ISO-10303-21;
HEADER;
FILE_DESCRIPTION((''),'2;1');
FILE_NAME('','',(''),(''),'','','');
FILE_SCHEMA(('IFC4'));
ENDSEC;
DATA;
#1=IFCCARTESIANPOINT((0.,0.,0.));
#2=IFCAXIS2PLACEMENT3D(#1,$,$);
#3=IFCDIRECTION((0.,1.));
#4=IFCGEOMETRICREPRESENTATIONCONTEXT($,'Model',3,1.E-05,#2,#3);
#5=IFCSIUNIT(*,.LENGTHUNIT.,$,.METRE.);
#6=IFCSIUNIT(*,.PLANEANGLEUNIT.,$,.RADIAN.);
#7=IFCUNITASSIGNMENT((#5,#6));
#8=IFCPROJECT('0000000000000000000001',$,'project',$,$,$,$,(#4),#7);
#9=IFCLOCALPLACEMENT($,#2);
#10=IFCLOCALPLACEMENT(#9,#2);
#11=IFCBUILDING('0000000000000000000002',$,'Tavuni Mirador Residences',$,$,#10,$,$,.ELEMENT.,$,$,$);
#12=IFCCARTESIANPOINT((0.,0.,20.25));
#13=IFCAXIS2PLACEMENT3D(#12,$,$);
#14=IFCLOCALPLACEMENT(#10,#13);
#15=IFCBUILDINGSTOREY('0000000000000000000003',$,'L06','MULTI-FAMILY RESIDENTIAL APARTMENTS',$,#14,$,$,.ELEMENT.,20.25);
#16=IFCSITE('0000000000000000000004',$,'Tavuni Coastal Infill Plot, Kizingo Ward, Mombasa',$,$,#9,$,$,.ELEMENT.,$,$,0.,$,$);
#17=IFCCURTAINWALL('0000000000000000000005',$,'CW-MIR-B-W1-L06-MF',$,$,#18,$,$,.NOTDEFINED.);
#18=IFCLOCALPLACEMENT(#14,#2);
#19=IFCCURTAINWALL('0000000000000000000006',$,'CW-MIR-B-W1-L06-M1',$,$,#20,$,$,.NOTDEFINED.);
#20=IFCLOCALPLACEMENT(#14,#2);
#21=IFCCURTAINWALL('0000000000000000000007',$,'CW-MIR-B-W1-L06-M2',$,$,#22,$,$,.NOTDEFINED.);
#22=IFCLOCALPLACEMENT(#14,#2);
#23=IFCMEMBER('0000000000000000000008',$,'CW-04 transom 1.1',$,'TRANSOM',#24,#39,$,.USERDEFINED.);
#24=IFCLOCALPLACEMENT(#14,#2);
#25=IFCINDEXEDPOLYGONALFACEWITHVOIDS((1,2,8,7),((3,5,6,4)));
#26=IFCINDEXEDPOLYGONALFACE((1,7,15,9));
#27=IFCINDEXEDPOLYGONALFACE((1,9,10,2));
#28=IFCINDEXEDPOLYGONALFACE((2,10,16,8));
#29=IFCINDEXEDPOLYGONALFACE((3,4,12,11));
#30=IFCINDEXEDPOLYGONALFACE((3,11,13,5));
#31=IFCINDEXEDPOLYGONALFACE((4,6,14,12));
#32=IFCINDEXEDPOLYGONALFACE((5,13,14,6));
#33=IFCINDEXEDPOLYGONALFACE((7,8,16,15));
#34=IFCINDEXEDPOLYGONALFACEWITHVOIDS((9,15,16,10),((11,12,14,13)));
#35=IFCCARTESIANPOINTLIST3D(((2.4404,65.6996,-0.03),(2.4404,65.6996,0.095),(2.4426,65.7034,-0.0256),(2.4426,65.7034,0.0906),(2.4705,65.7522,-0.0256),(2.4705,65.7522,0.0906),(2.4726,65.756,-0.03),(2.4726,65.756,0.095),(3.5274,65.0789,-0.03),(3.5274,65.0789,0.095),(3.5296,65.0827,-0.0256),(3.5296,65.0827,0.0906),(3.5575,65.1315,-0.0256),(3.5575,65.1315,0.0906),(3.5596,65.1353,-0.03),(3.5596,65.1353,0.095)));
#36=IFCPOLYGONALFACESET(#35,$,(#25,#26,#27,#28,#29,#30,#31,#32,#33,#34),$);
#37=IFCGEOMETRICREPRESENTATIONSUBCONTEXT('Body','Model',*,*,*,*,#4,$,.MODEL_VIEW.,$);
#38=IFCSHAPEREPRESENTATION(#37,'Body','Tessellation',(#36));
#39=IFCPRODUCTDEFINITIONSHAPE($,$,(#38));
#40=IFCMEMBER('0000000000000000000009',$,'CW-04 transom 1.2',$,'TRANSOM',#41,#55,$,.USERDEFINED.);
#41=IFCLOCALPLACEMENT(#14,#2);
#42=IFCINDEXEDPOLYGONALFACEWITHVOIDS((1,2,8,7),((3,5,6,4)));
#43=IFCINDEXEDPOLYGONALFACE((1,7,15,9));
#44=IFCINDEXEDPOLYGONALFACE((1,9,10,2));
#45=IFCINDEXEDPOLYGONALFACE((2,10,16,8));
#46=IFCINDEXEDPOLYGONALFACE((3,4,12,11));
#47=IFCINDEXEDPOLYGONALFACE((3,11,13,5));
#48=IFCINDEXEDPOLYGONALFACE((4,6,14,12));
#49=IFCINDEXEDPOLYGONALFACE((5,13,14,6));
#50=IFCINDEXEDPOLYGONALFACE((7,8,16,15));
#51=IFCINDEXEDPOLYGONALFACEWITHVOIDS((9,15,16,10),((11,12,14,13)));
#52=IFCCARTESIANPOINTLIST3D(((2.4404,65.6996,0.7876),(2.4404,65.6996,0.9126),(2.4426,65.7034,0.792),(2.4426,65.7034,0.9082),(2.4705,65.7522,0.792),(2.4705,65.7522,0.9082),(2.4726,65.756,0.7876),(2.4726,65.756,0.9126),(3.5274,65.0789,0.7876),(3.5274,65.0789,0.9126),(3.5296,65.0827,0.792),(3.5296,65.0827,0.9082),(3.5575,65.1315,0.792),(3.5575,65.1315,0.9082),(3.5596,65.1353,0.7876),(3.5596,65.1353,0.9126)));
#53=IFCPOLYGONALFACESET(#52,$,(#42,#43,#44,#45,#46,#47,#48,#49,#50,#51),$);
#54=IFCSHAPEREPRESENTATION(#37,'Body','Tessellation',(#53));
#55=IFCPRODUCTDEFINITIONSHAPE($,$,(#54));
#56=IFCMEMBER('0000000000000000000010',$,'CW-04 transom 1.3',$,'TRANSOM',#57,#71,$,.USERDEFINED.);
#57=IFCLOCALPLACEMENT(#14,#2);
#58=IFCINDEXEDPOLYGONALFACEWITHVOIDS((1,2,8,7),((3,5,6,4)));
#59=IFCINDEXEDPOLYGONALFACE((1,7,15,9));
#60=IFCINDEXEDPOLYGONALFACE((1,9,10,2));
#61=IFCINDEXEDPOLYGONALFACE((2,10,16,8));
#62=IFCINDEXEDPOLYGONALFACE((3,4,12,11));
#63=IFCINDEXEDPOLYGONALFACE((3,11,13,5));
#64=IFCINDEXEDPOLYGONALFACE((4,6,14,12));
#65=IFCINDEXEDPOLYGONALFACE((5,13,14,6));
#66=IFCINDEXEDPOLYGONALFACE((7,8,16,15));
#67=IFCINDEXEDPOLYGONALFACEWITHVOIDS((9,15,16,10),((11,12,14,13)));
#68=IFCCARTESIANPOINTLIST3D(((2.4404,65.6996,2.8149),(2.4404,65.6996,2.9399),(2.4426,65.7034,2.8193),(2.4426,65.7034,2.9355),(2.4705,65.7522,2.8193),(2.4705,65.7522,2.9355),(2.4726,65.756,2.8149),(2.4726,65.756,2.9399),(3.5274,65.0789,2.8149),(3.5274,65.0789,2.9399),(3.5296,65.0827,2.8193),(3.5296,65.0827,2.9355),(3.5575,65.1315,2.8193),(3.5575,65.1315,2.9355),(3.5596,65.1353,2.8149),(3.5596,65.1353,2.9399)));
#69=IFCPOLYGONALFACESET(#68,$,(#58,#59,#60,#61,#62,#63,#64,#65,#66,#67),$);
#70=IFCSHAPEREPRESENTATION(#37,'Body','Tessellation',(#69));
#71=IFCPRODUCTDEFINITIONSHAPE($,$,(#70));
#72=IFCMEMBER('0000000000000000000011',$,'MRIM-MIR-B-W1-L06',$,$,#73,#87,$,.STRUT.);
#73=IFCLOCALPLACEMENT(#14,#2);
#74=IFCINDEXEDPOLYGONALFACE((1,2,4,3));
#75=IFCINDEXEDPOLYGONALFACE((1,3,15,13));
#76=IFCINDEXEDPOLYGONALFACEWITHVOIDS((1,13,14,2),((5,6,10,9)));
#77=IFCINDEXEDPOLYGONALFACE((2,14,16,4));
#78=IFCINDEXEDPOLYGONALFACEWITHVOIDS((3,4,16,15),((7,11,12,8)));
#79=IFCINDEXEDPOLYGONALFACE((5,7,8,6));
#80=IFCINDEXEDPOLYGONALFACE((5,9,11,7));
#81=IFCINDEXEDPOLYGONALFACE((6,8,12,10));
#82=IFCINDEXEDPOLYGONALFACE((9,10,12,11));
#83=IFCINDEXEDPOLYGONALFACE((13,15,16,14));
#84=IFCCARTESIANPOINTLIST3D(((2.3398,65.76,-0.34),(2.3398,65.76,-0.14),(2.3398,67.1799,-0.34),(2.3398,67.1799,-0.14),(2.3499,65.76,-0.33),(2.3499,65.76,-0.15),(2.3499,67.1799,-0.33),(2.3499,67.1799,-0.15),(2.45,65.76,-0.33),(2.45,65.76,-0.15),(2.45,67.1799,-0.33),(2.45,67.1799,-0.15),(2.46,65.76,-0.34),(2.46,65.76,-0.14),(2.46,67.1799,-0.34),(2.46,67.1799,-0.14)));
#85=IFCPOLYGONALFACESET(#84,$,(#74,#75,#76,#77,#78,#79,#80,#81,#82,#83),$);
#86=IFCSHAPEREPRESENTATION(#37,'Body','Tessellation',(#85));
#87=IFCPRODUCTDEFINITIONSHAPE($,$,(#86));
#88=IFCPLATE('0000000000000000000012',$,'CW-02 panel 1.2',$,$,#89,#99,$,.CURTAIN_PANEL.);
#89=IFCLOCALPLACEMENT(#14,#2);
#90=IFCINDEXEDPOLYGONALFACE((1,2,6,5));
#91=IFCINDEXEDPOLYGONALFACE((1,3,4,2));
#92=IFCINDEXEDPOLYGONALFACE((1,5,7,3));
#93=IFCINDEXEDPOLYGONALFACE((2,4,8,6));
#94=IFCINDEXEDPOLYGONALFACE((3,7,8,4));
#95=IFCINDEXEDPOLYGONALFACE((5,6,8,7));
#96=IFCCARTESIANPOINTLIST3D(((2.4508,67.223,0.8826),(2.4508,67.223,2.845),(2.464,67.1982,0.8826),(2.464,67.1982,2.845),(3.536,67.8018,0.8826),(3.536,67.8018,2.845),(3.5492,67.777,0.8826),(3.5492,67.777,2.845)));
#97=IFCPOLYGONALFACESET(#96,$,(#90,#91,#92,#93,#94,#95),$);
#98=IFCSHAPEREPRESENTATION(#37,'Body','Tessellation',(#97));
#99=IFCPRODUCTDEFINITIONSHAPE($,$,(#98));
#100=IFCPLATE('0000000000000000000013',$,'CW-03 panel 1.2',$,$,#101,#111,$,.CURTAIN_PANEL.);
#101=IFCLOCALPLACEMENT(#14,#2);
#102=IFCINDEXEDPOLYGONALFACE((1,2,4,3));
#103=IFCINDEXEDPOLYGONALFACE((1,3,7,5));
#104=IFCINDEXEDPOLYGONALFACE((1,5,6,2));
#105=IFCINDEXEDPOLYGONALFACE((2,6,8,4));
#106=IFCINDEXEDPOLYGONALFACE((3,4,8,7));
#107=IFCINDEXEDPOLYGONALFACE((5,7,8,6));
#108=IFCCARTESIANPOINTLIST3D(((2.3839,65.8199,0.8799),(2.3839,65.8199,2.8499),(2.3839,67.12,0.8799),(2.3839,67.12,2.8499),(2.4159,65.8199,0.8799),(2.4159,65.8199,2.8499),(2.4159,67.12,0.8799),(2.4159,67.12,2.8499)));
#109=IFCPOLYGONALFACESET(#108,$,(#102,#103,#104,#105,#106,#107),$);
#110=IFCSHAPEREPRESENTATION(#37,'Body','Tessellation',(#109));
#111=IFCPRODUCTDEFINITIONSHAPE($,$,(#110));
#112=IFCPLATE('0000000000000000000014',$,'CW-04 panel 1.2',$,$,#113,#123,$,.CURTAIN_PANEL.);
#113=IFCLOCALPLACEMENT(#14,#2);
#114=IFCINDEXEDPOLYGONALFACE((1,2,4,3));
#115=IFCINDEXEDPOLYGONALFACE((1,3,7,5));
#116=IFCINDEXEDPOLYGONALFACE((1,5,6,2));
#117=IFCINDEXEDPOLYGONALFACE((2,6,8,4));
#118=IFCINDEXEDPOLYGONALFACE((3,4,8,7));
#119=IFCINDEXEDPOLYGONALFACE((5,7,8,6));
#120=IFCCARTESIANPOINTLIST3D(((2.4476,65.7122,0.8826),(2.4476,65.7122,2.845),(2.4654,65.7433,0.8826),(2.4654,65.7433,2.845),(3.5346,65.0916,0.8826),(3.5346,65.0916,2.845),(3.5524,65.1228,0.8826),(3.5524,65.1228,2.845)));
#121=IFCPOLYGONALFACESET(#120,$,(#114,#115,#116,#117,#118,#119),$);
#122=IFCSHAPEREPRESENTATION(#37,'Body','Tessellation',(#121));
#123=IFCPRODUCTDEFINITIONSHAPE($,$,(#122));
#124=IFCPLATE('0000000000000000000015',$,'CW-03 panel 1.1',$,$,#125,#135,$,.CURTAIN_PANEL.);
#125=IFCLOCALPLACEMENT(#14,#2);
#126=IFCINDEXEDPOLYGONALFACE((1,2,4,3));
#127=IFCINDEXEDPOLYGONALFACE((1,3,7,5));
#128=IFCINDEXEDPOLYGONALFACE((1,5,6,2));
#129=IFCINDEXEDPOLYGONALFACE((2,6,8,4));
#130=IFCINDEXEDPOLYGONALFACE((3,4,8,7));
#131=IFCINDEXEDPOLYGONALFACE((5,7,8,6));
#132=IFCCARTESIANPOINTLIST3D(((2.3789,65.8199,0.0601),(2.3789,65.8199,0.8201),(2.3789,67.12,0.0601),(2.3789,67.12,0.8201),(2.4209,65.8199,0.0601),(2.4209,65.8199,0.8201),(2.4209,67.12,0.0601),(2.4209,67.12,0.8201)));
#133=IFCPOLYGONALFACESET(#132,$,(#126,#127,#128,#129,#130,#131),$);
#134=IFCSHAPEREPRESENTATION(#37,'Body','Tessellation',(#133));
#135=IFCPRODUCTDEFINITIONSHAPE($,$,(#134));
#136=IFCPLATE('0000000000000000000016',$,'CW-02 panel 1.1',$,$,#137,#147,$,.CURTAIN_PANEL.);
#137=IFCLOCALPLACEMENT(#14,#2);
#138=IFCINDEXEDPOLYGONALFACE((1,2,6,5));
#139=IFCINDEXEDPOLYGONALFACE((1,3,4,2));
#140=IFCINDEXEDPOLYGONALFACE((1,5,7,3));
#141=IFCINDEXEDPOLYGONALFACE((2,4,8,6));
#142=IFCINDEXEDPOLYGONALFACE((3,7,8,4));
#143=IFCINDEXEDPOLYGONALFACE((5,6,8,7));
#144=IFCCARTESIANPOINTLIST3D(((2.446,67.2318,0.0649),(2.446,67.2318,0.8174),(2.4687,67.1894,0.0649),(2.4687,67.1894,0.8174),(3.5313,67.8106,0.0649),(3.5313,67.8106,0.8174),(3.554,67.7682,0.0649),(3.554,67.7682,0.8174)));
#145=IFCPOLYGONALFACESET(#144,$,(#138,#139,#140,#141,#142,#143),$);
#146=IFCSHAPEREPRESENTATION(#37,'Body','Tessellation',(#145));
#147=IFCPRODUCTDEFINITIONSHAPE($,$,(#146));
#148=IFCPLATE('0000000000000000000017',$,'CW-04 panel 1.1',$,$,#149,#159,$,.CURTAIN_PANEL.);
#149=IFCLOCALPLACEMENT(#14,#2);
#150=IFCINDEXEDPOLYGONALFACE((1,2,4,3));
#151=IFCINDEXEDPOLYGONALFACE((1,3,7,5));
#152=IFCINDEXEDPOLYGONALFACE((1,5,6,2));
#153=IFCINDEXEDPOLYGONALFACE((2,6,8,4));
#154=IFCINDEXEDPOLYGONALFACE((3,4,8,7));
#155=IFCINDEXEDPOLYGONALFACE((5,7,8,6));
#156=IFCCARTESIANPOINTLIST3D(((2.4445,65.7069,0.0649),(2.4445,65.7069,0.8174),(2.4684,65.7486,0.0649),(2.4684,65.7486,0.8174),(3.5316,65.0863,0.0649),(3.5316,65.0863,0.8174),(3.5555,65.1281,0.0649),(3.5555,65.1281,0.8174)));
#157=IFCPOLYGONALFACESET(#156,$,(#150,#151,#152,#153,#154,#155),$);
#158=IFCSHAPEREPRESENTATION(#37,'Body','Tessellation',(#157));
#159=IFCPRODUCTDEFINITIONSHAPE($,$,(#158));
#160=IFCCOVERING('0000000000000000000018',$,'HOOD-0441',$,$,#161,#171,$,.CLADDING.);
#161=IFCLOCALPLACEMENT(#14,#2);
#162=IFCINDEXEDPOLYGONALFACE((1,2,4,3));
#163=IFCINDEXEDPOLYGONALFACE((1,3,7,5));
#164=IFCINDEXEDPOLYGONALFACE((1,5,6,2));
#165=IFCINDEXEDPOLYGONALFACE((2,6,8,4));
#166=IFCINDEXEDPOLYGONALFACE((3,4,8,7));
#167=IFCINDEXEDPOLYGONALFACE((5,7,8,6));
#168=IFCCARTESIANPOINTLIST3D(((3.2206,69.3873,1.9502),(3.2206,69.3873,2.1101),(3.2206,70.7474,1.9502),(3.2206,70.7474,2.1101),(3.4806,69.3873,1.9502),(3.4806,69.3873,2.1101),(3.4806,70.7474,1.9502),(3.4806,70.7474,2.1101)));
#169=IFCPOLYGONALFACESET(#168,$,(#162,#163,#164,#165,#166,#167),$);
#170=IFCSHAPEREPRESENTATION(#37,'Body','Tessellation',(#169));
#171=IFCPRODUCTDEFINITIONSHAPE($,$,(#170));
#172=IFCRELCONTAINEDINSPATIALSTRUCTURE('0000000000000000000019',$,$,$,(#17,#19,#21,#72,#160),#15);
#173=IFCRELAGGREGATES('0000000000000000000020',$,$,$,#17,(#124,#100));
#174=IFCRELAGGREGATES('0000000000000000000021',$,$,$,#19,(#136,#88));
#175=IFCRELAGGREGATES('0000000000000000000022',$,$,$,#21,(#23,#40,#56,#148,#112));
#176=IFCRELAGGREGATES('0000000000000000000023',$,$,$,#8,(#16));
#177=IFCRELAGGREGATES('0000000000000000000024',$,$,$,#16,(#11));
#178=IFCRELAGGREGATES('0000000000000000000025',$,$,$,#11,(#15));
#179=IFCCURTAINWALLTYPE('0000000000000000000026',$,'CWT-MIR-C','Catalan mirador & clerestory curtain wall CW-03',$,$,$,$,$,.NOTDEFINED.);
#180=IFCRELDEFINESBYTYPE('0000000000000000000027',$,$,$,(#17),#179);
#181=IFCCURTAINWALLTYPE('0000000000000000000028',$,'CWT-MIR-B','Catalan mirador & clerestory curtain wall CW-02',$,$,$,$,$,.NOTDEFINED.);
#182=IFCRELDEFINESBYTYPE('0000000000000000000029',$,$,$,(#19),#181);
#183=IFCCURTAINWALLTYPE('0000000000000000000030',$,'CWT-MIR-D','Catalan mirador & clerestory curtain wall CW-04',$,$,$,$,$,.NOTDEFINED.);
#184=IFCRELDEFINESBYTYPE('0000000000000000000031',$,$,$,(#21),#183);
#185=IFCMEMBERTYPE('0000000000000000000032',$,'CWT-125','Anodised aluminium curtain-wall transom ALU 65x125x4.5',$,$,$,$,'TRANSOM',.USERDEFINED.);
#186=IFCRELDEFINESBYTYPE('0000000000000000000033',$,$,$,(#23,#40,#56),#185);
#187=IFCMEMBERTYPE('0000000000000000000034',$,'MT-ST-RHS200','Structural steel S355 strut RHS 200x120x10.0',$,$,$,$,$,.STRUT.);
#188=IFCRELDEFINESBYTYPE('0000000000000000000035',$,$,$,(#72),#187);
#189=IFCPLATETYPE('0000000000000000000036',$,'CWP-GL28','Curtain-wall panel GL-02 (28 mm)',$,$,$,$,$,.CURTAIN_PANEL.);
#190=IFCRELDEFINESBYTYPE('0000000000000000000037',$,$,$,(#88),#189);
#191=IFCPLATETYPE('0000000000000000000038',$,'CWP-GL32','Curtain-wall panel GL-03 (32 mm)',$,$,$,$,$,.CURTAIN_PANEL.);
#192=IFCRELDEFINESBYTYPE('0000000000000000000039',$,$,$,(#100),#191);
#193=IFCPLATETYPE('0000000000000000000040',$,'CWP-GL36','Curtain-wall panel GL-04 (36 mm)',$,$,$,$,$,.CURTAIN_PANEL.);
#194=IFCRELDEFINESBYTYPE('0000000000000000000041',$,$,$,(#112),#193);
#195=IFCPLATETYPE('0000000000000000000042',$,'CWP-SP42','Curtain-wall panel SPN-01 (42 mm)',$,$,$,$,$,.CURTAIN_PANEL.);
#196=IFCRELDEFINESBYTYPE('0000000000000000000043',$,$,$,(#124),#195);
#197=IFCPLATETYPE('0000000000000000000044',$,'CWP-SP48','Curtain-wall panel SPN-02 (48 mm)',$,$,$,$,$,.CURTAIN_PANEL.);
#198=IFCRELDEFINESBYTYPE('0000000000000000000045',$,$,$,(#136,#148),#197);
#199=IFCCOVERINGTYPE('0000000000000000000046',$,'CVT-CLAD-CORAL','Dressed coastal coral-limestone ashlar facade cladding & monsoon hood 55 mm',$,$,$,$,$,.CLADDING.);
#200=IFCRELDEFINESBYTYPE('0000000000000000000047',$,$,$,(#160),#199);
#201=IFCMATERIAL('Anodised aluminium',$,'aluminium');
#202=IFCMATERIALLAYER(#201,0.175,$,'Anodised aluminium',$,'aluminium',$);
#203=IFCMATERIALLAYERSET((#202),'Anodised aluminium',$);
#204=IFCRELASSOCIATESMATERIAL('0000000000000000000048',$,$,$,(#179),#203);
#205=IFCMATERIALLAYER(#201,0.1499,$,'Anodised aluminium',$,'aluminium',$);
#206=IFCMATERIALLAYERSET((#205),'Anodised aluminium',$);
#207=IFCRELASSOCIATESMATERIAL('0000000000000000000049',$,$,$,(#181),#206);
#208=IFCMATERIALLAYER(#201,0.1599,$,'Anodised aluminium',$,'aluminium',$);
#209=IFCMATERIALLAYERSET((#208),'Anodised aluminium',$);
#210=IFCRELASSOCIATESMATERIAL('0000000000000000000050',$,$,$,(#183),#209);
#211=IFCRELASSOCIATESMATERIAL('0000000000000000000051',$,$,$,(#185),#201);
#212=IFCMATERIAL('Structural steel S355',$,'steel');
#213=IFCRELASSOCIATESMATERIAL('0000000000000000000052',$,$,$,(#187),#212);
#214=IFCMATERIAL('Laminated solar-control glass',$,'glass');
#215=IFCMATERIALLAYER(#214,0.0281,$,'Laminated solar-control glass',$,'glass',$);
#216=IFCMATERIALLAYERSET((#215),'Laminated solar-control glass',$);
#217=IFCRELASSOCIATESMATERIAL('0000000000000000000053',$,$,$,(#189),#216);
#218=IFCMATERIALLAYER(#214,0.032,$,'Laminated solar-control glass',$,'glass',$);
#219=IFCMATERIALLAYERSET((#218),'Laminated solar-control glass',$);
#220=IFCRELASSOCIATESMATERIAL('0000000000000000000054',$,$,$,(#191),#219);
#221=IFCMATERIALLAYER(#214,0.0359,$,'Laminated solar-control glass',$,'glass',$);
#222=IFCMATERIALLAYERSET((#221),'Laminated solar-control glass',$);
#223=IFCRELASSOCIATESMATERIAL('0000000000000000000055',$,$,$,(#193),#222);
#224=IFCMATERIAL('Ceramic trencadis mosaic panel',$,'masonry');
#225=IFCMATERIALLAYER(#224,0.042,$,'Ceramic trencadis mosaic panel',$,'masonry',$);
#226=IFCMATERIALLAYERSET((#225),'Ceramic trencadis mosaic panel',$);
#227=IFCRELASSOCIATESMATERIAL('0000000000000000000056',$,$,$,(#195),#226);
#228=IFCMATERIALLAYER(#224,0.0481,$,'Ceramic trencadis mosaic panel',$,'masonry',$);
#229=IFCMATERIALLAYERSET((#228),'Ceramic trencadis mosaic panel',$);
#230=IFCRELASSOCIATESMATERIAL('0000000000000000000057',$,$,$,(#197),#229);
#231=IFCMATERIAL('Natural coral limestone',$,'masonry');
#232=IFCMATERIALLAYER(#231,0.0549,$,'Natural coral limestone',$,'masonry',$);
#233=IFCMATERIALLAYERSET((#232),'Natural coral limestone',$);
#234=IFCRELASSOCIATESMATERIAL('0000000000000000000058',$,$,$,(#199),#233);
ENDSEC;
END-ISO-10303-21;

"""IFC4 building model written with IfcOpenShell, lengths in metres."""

from ifc_helpers import new_model, si_unit, direction, frame, origin, origin_2d, place, context, subcontext, project, spatial, rectangle, hollow_rectangle, extrude, material, layer, layer_set, material_profile, profile_set, type_object, element, aggregate, save


model = new_model("IFC4")

# Units and contexts
model_context = context("Model", 3, precision=1e-05, world=origin(), true_north=direction((0.0, 1.0)))
body_context = subcontext(model_context, "Body", "Model", "MODEL_VIEW")
ifc_project = project(units=[si_unit("LENGTHUNIT", "METRE"), si_unit("PLANEANGLEUNIT", "RADIAN")], contexts=[model_context])

# Site, building, storey
site_placement = place(None, origin())
site = spatial("IfcSite", under=ifc_project, at=site_placement, Name="Tavuni Coastal Infill Plot, Kizingo Ward, Mombasa", CompositionType="ELEMENT", RefElevation=0.0)
building_placement = place(site_placement, origin())
building = spatial("IfcBuilding", under=site, at=building_placement, Name="Tavuni Mirador Residences", CompositionType="ELEMENT")
storey_placement = place(building_placement, frame((0.0, 0.0, 20.25)))
storey = spatial("IfcBuildingStorey", under=building, at=storey_placement, Name="L06", Description="MULTI-FAMILY RESIDENTIAL APARTMENTS", CompositionType="ELEMENT", Elevation=20.25)

# Curtain wall
ifc_material_1 = material(Name="Anodised aluminium", Category="aluminium")
ifc_layer_1 = layer(ifc_material_1, 0.175, Name="Anodised aluminium", Category="aluminium")
ifc_layer_set_1 = layer_set([ifc_layer_1], Name="Anodised aluminium")
curtain_wall_type_1 = type_object("IfcCurtainWallType", Name="CWT-MIR-C", Description="Catalan mirador & clerestory curtain wall CW-03", PredefinedType="NOTDEFINED", material=ifc_layer_set_1)
curtain_wall_1_placement = place(storey_placement, origin())
curtain_wall_1 = element("IfcCurtainWall", 1, at=curtain_wall_1_placement, inside=storey, type_object=curtain_wall_type_1, Name="CW-MIR-B-W1-L06-MF", PredefinedType="NOTDEFINED")

# Curtain walls
ifc_layer_2 = layer(ifc_material_1, 0.1499, Name="Anodised aluminium", Category="aluminium")
ifc_layer_set_2 = layer_set([ifc_layer_2], Name="Anodised aluminium")
curtain_wall_type_2 = type_object("IfcCurtainWallType", Name="CWT-MIR-B", Description="Catalan mirador & clerestory curtain wall CW-02", PredefinedType="NOTDEFINED", material=ifc_layer_set_2)
curtain_wall_2_placement = place(storey_placement, origin())
curtain_wall_2 = element("IfcCurtainWall", 2, at=curtain_wall_2_placement, inside=storey, type_object=curtain_wall_type_2, Name="CW-MIR-B-W1-L06-M1", PredefinedType="NOTDEFINED")
ifc_layer_3 = layer(ifc_material_1, 0.1599, Name="Anodised aluminium", Category="aluminium")
ifc_layer_set_3 = layer_set([ifc_layer_3], Name="Anodised aluminium")
curtain_wall_type_3 = type_object("IfcCurtainWallType", Name="CWT-MIR-D", Description="Catalan mirador & clerestory curtain wall CW-04", PredefinedType="NOTDEFINED", material=ifc_layer_set_3)
curtain_wall_3_placement = place(storey_placement, origin())
curtain_wall_3 = element("IfcCurtainWall", 3, at=curtain_wall_3_placement, inside=storey, type_object=curtain_wall_type_3, Name="CW-MIR-B-W1-L06-M2", PredefinedType="NOTDEFINED")

# Members
ifc_material_profile_1 = material_profile(ifc_material_1, hollow_rectangle(XDim=0.0649, YDim=0.125, WallThickness=0.0044, at=origin_2d()), Name="ALU 65x125x4.5", Category="aluminium")
ifc_profile_set_1 = profile_set([ifc_material_profile_1], Name="Anodised aluminium")
member_type_1 = type_object("IfcMemberType", Name="CWT-125", Description="Anodised aluminium curtain-wall transom ALU 65x125x4.5", ElementType="TRANSOM", PredefinedType="USERDEFINED", material=ifc_profile_set_1)
member_1_placement = place(storey_placement, frame((2.4565, 65.7278, 0.0325), z_axis=(0.868411, -0.495845, 0.0), x_axis=(0.495845, 0.868411, 0.0)))
member_1 = element("IfcMember", 4, at=member_1_placement, type_object=member_type_1, Name="CW-04 transom 1.1", ObjectType="TRANSOM", PredefinedType="USERDEFINED", context=body_context, shape_type="SweptSolid", body=[
    extrude(hollow_rectangle(XDim=0.0649, YDim=0.125, WallThickness=0.0044, at=origin_2d()), origin(), (0.0, 0.0, 1.0), 1.2517),
])
member_2_placement = place(storey_placement, frame((2.4565, 65.7278, 0.8501), z_axis=(0.868411, -0.495845, 0.0), x_axis=(0.495845, 0.868411, 0.0)))
member_2 = element("IfcMember", 5, at=member_2_placement, type_object=member_type_1, Name="CW-04 transom 1.2", ObjectType="TRANSOM", PredefinedType="USERDEFINED", context=body_context, shape_type="SweptSolid", body=[
    extrude(hollow_rectangle(XDim=0.0649, YDim=0.125, WallThickness=0.0044, at=origin_2d()), origin(), (0.0, 0.0, 1.0), 1.2517),
])
member_3_placement = place(storey_placement, frame((2.4565, 65.7278, 2.8774), z_axis=(0.868411, -0.495845, 0.0), x_axis=(0.495845, 0.868411, 0.0)))
member_3 = element("IfcMember", 6, at=member_3_placement, type_object=member_type_1, Name="CW-04 transom 1.3", ObjectType="TRANSOM", PredefinedType="USERDEFINED", context=body_context, shape_type="SweptSolid", body=[
    extrude(hollow_rectangle(XDim=0.0649, YDim=0.125, WallThickness=0.0044, at=origin_2d()), origin(), (0.0, 0.0, 1.0), 1.2517),
])
ifc_material_2 = material(Name="Structural steel S355", Category="steel")
ifc_material_profile_2 = material_profile(ifc_material_2, hollow_rectangle(XDim=0.1201, YDim=0.2, WallThickness=0.01, at=origin_2d()), Name="RHS 200x120x10.0", Category="steel")
ifc_profile_set_2 = profile_set([ifc_material_profile_2], Name="Structural steel S355")
member_type_2 = type_object("IfcMemberType", Name="MT-ST-RHS200", Description="Structural steel S355 strut RHS 200x120x10.0", PredefinedType="STRUT", material=ifc_profile_set_2)
member_4_placement = place(storey_placement, frame((2.3999, 65.76, -0.24), z_axis=(0.0, 1.0, 0.0), x_axis=(-1.0, 0.0, 0.0)))
element("IfcMember", 7, at=member_4_placement, inside=storey, type_object=member_type_2, Name="MRIM-MIR-B-W1-L06", PredefinedType="STRUT", context=body_context, shape_type="SweptSolid", body=[
    extrude(hollow_rectangle(XDim=0.1201, YDim=0.2, WallThickness=0.01, at=origin_2d()), origin(), (0.0, 0.0, 1.0), 1.4199),
])

# Plates
ifc_material_3 = material(Name="Laminated solar-control glass", Category="glass")
ifc_layer_4 = layer(ifc_material_3, 0.0281, Name="Laminated solar-control glass", Category="glass")
ifc_layer_set_4 = layer_set([ifc_layer_4], Name="Laminated solar-control glass")
plate_type_1 = type_object("IfcPlateType", Name="CWP-GL28", Description="Curtain-wall panel GL-02 (28 mm)", PredefinedType="CURTAIN_PANEL", material=ifc_layer_set_4)
plate_1_placement = place(storey_placement, frame((3.0, 67.5, 0.8826), z_axis=(0.0, 0.0, 1.0), x_axis=(-0.882353, -0.470588, 0.0)))
plate_1 = element("IfcPlate", 8, at=plate_1_placement, type_object=plate_type_1, Name="CW-02 panel 1.2", PredefinedType="CURTAIN_PANEL", context=body_context, shape_type="SweptSolid", body=[
    extrude(rectangle(XDim=1.23, YDim=0.0281, at=origin_2d()), origin(), (0.0, 0.0, 1.0), 1.9624),
])
ifc_layer_5 = layer(ifc_material_3, 0.032, Name="Laminated solar-control glass", Category="glass")
ifc_layer_set_5 = layer_set([ifc_layer_5], Name="Laminated solar-control glass")
plate_type_2 = type_object("IfcPlateType", Name="CWP-GL32", Description="Curtain-wall panel GL-03 (32 mm)", PredefinedType="CURTAIN_PANEL", material=ifc_layer_set_5)
plate_2_placement = place(storey_placement, frame((2.3999, 66.47, 0.8799), z_axis=(0.0, 0.0, 1.0), x_axis=(0.0, -1.0, 0.0)))
plate_2 = element("IfcPlate", 9, at=plate_2_placement, type_object=plate_type_2, Name="CW-03 panel 1.2", PredefinedType="CURTAIN_PANEL", context=body_context, shape_type="SweptSolid", body=[
    extrude(rectangle(XDim=1.3, YDim=0.032, at=origin_2d()), origin(), (0.0, 0.0, 1.0), 1.97),
])
ifc_layer_6 = layer(ifc_material_3, 0.0359, Name="Laminated solar-control glass", Category="glass")
ifc_layer_set_6 = layer_set([ifc_layer_6], Name="Laminated solar-control glass")
plate_type_3 = type_object("IfcPlateType", Name="CWP-GL36", Description="Curtain-wall panel GL-04 (36 mm)", PredefinedType="CURTAIN_PANEL", material=ifc_layer_set_6)
plate_3_placement = place(storey_placement, frame((3.0, 65.4175, 0.8826), z_axis=(0.0, 0.0, 1.0), x_axis=(0.868466, -0.495749, 0.0)))
plate_3 = element("IfcPlate", 10, at=plate_3_placement, type_object=plate_type_3, Name="CW-04 panel 1.2", PredefinedType="CURTAIN_PANEL", context=body_context, shape_type="SweptSolid", body=[
    extrude(rectangle(XDim=1.2517, YDim=0.0359, at=origin_2d()), origin(), (0.0, 0.0, 1.0), 1.9624),
])
ifc_material_4 = material(Name="Ceramic trencadis mosaic panel", Category="masonry")
ifc_layer_7 = layer(ifc_material_4, 0.042, Name="Ceramic trencadis mosaic panel", Category="masonry")
ifc_layer_set_7 = layer_set([ifc_layer_7], Name="Ceramic trencadis mosaic panel")
plate_type_4 = type_object("IfcPlateType", Name="CWP-SP42", Description="Curtain-wall panel SPN-01 (42 mm)", PredefinedType="CURTAIN_PANEL", material=ifc_layer_set_7)
plate_4_placement = place(storey_placement, frame((2.3999, 66.47, 0.0601), z_axis=(0.0, 0.0, 1.0), x_axis=(0.0, -1.0, 0.0)))
plate_4 = element("IfcPlate", 11, at=plate_4_placement, type_object=plate_type_4, Name="CW-03 panel 1.1", PredefinedType="CURTAIN_PANEL", context=body_context, shape_type="SweptSolid", body=[
    extrude(rectangle(XDim=1.3, YDim=0.042, at=origin_2d()), origin(), (0.0, 0.0, 1.0), 0.76),
])
aggregate(curtain_wall_1, [plate_4, plate_2])
ifc_layer_8 = layer(ifc_material_4, 0.0481, Name="Ceramic trencadis mosaic panel", Category="masonry")
ifc_layer_set_8 = layer_set([ifc_layer_8], Name="Ceramic trencadis mosaic panel")
plate_type_5 = type_object("IfcPlateType", Name="CWP-SP48", Description="Curtain-wall panel SPN-02 (48 mm)", PredefinedType="CURTAIN_PANEL", material=ifc_layer_set_8)
plate_5_placement = place(storey_placement, frame((3.0, 67.5, 0.0649), z_axis=(0.0, 0.0, 1.0), x_axis=(-0.882353, -0.470588, 0.0)))
plate_5 = element("IfcPlate", 12, at=plate_5_placement, type_object=plate_type_5, Name="CW-02 panel 1.1", PredefinedType="CURTAIN_PANEL", context=body_context, shape_type="SweptSolid", body=[
    extrude(rectangle(XDim=1.23, YDim=0.0481, at=origin_2d()), origin(), (0.0, 0.0, 1.0), 0.7524),
])
aggregate(curtain_wall_2, [plate_5, plate_1])
plate_6_placement = place(storey_placement, frame((3.0, 65.4175, 0.0649), z_axis=(0.0, 0.0, 1.0), x_axis=(0.868466, -0.495749, 0.0)))
plate_6 = element("IfcPlate", 13, at=plate_6_placement, type_object=plate_type_5, Name="CW-04 panel 1.1", PredefinedType="CURTAIN_PANEL", context=body_context, shape_type="SweptSolid", body=[
    extrude(rectangle(XDim=1.2517, YDim=0.0481, at=origin_2d()), origin(), (0.0, 0.0, 1.0), 0.7524),
])
aggregate(curtain_wall_3, [member_1, member_2, member_3, plate_6, plate_3])

# Covering
ifc_material_5 = material(Name="Natural coral limestone", Category="masonry")
ifc_layer_9 = layer(ifc_material_5, 0.0549, Name="Natural coral limestone", Category="masonry")
ifc_layer_set_9 = layer_set([ifc_layer_9], Name="Natural coral limestone")
covering_type = type_object("IfcCoveringType", Name="CVT-CLAD-CORAL", Description="Dressed coastal coral-limestone ashlar facade cladding & monsoon hood 55 mm", PredefinedType="CLADDING", material=ifc_layer_set_9)
covering_placement = place(storey_placement, frame((3.3506, 70.0674, 1.9502), z_axis=(0.0, 0.0, 1.0), x_axis=(0.0, -1.0, 0.0)))
element("IfcCovering", 14, at=covering_placement, inside=storey, type_object=covering_type, Name="HOOD-0441", PredefinedType="CLADDING", context=body_context, shape_type="SweptSolid", body=[
    extrude(rectangle(XDim=1.3601, YDim=0.26, at=origin_2d()), origin(), (0.0, 0.0, 1.0), 0.1599),
])

save(model, "model.ifc")
